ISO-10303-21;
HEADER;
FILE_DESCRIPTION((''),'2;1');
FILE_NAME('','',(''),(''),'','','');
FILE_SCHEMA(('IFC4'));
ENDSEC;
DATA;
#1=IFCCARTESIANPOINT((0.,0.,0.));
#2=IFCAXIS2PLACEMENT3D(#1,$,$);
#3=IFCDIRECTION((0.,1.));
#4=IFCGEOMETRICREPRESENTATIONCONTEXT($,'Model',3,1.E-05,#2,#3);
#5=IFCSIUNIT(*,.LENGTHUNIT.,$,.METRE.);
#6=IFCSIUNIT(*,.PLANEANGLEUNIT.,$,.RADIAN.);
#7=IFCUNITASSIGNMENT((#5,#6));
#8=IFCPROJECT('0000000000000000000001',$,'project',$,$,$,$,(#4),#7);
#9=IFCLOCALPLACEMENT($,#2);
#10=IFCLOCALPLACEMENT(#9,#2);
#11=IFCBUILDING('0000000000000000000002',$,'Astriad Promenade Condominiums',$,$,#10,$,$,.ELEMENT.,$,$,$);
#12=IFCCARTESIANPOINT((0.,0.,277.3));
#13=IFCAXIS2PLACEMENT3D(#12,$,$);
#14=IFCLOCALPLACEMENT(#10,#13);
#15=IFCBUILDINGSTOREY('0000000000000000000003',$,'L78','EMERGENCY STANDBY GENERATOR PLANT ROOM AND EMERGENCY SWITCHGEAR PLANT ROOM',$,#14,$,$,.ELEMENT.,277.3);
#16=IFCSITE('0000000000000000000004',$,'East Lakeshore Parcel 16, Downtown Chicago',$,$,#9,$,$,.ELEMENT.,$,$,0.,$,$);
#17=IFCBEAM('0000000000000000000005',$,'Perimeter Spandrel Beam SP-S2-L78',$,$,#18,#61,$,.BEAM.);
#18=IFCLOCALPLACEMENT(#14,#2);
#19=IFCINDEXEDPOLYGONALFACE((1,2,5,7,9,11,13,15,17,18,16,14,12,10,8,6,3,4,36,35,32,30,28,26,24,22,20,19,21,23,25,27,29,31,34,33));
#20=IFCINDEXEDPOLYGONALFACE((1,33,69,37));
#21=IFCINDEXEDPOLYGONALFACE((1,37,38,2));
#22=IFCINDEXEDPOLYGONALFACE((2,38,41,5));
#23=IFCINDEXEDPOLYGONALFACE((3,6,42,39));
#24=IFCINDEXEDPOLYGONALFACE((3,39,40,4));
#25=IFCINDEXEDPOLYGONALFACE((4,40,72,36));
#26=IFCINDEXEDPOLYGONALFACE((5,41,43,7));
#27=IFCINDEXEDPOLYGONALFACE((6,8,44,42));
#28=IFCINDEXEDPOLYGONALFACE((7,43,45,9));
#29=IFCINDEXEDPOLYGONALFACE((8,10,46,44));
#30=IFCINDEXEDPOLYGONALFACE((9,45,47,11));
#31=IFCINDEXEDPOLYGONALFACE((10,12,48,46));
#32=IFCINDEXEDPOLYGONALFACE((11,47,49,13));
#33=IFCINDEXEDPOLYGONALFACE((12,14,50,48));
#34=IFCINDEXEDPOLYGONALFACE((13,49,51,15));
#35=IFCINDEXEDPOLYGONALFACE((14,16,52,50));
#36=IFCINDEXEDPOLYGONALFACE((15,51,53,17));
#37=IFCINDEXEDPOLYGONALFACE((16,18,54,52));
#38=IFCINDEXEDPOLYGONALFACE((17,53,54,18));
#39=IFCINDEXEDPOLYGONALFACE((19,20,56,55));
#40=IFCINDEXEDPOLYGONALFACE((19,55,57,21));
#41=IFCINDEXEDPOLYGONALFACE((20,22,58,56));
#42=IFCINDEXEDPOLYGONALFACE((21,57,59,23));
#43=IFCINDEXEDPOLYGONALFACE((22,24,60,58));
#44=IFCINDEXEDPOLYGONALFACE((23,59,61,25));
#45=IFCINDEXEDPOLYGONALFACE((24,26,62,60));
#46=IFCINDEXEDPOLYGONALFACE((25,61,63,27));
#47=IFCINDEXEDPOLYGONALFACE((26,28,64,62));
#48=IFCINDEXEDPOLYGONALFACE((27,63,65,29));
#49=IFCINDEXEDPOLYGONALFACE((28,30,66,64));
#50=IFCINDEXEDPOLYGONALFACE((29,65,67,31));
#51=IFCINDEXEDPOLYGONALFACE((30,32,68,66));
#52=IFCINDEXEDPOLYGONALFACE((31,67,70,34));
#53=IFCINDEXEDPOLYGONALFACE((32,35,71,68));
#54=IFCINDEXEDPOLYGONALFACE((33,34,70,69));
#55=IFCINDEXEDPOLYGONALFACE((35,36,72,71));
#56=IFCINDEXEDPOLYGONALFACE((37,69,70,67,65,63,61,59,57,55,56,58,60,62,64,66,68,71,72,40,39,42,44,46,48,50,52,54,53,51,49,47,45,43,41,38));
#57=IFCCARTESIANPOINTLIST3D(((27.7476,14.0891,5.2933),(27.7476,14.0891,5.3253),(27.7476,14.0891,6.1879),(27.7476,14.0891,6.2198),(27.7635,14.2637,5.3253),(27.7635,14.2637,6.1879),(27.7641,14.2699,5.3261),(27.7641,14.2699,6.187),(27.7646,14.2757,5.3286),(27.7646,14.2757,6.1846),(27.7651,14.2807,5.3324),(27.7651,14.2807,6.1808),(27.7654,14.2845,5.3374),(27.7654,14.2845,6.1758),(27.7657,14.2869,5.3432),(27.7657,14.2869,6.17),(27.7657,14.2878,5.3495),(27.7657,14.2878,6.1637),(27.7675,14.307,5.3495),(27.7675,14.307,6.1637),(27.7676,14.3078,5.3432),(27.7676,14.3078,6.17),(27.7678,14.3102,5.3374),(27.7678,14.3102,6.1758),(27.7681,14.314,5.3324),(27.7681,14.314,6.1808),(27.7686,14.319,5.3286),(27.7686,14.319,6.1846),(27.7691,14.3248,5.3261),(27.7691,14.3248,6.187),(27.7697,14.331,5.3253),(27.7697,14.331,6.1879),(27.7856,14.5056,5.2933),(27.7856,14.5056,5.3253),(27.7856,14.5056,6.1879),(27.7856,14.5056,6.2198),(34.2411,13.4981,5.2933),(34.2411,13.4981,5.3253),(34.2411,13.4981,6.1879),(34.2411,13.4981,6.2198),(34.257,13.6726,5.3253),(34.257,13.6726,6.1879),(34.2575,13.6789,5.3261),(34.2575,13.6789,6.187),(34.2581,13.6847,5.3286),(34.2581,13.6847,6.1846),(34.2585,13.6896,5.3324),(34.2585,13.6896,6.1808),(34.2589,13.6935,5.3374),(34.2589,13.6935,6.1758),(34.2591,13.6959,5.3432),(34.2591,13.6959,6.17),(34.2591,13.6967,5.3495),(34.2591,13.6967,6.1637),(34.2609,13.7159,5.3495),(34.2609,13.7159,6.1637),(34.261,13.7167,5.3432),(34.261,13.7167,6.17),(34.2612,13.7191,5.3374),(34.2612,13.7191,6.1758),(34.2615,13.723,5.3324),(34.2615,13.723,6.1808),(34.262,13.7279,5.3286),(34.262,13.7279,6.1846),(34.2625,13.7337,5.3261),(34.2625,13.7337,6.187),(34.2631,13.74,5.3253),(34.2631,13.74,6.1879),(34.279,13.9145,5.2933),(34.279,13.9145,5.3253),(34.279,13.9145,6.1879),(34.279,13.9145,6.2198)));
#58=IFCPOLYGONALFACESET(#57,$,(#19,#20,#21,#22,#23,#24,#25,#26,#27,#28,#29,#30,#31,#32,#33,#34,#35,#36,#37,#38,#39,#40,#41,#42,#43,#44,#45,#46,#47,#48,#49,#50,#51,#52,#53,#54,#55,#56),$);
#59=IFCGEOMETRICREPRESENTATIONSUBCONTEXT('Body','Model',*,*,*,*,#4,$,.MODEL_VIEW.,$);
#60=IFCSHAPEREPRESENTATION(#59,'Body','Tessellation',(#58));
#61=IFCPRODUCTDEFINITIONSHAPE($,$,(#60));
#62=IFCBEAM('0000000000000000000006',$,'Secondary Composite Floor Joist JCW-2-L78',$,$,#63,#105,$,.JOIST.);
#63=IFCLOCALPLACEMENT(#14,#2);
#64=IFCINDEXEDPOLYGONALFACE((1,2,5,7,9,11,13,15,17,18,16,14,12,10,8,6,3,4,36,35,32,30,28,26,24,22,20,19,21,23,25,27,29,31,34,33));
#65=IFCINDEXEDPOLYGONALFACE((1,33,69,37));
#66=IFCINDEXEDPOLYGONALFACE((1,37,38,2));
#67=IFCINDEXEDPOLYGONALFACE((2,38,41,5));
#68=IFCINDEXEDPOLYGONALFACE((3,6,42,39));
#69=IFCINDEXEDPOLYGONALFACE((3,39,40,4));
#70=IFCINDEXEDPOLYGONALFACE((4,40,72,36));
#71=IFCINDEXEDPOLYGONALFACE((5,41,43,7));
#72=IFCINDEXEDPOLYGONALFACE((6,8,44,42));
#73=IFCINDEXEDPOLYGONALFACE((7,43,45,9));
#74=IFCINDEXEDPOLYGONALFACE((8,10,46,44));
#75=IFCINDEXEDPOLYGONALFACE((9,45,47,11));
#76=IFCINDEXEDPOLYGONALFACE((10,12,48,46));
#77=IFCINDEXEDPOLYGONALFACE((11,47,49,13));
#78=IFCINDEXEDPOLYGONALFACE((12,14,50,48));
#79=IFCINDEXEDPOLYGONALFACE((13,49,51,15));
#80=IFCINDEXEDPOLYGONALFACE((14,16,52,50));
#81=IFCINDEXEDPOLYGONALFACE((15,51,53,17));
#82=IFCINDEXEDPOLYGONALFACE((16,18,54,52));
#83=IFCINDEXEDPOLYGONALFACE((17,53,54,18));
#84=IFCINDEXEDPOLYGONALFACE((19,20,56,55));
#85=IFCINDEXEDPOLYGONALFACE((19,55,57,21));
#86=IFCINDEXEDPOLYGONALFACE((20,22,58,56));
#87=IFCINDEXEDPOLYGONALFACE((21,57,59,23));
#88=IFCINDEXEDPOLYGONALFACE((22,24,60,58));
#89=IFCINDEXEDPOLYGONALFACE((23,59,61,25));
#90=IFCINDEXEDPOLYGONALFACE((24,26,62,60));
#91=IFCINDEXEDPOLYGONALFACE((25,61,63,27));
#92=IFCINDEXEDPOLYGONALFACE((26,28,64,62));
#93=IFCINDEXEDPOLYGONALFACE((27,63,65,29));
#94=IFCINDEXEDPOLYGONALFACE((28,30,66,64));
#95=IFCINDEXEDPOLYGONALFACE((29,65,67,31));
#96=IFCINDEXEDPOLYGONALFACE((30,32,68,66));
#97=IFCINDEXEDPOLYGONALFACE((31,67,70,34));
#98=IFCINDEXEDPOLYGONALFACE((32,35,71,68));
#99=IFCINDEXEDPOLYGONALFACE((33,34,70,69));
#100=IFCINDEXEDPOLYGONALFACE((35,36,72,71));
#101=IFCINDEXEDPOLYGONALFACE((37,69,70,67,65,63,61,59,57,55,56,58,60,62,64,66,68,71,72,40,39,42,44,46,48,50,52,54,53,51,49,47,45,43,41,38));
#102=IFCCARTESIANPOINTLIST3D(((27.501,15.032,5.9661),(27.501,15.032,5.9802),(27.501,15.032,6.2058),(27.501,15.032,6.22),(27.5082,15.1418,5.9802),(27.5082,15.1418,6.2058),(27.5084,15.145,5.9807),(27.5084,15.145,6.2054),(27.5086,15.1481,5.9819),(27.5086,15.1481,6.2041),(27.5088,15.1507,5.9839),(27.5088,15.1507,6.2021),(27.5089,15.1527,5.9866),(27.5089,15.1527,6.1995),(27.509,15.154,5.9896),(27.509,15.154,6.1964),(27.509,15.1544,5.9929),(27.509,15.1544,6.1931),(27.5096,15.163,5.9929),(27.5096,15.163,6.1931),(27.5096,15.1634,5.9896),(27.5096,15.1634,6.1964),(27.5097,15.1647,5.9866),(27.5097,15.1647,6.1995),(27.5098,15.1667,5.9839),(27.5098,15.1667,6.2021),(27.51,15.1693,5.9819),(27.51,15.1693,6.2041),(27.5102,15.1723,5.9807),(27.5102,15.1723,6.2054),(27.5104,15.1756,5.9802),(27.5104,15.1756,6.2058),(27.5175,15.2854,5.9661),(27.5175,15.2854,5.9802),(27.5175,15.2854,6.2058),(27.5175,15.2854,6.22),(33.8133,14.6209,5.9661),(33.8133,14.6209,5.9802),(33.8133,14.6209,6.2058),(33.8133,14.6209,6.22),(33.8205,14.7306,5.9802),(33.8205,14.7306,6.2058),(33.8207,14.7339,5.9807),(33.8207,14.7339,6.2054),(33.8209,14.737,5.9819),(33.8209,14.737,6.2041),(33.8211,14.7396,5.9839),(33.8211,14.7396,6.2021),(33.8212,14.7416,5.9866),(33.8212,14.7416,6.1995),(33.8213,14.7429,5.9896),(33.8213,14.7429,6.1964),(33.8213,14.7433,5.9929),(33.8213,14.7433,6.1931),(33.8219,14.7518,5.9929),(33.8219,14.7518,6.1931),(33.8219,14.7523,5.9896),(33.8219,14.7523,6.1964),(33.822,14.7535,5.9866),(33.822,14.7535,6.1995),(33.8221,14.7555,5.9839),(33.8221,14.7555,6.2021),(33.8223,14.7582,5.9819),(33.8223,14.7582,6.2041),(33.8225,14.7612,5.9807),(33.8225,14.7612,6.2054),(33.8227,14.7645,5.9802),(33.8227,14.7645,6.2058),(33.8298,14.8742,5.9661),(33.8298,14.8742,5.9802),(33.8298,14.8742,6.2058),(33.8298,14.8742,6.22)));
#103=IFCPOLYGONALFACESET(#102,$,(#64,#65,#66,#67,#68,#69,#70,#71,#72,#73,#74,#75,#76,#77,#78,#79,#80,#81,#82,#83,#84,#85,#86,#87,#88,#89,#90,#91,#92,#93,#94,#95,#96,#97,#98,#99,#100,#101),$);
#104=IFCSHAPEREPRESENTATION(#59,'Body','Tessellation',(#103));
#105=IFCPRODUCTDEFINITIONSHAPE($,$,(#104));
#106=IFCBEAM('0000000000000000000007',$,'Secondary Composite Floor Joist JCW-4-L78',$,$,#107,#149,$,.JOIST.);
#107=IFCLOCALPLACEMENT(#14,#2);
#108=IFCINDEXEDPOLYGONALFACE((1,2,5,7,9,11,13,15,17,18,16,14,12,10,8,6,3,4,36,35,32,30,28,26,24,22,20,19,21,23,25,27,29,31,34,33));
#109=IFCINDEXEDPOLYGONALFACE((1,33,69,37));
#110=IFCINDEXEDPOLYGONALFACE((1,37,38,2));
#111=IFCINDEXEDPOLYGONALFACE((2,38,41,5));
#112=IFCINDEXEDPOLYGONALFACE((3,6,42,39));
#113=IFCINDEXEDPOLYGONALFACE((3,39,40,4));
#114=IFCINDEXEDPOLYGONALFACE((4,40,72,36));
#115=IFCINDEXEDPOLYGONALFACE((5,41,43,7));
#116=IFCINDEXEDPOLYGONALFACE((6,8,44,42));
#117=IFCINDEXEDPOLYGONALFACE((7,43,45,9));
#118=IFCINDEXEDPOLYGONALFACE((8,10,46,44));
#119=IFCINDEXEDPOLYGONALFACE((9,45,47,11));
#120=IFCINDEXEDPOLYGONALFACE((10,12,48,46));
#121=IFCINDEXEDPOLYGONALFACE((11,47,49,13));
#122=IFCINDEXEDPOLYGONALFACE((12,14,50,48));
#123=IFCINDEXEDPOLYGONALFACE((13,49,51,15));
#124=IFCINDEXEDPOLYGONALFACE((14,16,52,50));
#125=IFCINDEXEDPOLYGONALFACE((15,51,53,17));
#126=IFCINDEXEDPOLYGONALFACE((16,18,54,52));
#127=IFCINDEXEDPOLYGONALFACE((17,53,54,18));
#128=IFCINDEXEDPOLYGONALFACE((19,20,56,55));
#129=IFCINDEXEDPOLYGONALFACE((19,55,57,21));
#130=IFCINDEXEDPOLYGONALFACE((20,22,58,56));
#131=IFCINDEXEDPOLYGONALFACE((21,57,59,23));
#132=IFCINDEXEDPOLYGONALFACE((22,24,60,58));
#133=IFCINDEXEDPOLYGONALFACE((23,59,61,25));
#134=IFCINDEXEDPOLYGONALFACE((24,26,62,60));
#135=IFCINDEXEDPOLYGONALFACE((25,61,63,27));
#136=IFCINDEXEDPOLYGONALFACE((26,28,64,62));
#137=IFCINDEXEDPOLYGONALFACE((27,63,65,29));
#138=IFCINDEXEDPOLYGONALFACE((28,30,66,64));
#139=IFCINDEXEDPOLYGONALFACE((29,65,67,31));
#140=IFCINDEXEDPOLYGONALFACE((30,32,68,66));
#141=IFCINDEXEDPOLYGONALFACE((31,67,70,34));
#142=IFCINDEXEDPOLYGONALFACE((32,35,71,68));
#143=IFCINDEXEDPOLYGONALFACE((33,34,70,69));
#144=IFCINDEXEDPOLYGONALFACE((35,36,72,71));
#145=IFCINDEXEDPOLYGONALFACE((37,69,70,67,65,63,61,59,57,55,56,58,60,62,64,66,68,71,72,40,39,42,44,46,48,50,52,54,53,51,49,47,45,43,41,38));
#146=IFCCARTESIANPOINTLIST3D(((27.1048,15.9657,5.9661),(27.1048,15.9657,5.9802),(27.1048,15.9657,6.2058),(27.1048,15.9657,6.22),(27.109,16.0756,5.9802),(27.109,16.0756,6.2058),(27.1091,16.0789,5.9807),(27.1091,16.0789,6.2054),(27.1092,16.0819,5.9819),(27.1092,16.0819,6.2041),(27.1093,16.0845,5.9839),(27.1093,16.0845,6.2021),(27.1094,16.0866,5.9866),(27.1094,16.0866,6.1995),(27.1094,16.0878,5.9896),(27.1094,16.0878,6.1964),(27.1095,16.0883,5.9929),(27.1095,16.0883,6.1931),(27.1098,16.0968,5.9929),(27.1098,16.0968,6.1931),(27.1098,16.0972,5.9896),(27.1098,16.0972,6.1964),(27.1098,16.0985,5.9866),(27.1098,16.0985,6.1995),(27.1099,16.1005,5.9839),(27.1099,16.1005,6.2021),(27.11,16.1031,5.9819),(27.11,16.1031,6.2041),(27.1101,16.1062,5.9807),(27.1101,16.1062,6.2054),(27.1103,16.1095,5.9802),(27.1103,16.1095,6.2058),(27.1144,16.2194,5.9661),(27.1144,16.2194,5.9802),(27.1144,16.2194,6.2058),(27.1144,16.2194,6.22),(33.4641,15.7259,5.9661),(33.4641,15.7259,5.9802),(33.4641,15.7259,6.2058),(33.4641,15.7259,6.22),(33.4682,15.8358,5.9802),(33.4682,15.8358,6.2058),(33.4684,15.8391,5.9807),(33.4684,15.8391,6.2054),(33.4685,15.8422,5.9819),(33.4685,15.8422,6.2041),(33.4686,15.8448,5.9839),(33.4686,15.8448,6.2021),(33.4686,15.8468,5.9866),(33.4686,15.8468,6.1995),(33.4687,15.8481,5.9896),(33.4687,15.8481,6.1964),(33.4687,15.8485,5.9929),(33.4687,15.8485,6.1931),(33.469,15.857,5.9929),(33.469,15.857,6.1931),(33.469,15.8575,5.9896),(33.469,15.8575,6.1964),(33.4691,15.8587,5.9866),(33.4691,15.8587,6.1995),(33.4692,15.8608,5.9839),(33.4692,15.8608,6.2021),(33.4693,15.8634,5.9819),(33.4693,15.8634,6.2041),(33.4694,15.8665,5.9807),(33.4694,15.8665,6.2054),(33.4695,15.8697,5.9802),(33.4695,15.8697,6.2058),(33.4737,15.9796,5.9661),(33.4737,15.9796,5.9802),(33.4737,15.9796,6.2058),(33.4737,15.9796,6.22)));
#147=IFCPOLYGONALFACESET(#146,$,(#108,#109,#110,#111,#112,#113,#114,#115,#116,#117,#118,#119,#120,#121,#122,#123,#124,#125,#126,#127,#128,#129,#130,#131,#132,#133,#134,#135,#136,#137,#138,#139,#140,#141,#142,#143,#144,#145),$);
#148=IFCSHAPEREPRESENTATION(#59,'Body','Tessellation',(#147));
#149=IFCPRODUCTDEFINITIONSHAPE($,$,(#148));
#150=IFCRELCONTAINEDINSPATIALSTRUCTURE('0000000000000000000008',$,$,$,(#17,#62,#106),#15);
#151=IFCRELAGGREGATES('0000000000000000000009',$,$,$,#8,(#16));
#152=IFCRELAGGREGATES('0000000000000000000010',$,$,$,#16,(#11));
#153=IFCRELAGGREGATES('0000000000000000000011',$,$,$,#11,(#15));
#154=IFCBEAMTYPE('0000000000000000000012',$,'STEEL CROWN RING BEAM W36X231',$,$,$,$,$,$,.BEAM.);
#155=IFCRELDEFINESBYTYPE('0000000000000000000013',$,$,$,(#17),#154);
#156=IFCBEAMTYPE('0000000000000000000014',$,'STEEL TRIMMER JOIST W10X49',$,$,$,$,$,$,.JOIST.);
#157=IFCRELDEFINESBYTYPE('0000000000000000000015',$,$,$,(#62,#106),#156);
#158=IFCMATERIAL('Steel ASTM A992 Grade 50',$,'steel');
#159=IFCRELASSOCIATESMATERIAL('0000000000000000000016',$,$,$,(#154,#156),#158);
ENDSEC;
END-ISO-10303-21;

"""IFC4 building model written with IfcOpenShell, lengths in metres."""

from ifc_helpers import new_model, si_unit, direction, frame, origin, origin_2d, place, context, subcontext, project, spatial, i_section, extrude, source, transform, mapped, material, material_profile, profile_set, type_object, type_shapes, element, save


model = new_model("IFC4")

# Units and contexts
model_context = context("Model", 3, precision=1e-05, world=origin(), true_north=direction((0.0, 1.0)))
body_context = subcontext(model_context, "Body", "Model", "MODEL_VIEW")
ifc_project = project(units=[si_unit("LENGTHUNIT", "METRE"), si_unit("PLANEANGLEUNIT", "RADIAN")], contexts=[model_context])

# Site, building, storey
site_placement = place(None, origin())
site = spatial("IfcSite", under=ifc_project, at=site_placement, Name="East Lakeshore Parcel 16, Downtown Chicago", CompositionType="ELEMENT", RefElevation=0.0)
building_placement = place(site_placement, origin())
building = spatial("IfcBuilding", under=site, at=building_placement, Name="Astriad Promenade Condominiums", CompositionType="ELEMENT")
storey_placement = place(building_placement, frame((0.0, 0.0, 277.3)))
storey = spatial("IfcBuildingStorey", under=building, at=storey_placement, Name="L78", Description="EMERGENCY STANDBY GENERATOR PLANT ROOM AND EMERGENCY SWITCHGEAR PLANT ROOM", CompositionType="ELEMENT", Elevation=277.3)

# Shared definitions
ifc_material_1 = material(Name="Steel ASTM A992 Grade 50", Category="steel")

# Beams
ifc_material_profile_1 = material_profile(ifc_material_1, i_section(OverallWidth=0.4182, OverallDepth=0.9265, WebThickness=0.0193, FlangeThickness=0.032, FilletRadius=0.0242, at=origin_2d()), Name="W36X231")
ifc_profile_set_1 = profile_set([ifc_material_profile_1], Name="Steel ASTM A992 Grade 50")
beam_type_1 = type_object("IfcBeamType", Name="STEEL CROWN RING BEAM W36X231", PredefinedType="BEAM", material=ifc_profile_set_1)
shared_shape_1 = source(origin(), body_context, "Body", "SweptSolid", [
    extrude(i_section(OverallWidth=0.4182, OverallDepth=0.9265, WebThickness=0.0193, FlangeThickness=0.032, FilletRadius=0.0242, at=origin_2d()), origin(), (0.0, 0.0, 1.0), 6.5203),
])
type_shapes(beam_type_1, [shared_shape_1])
beam_1_placement = place(storey_placement, frame((27.7666, 14.2974, 5.7566), z_axis=(0.995883, -0.090651, 0.0), x_axis=(0.090651, 0.995883, 0.0)))
element("IfcBeam", 1, at=beam_1_placement, inside=storey, type_object=beam_type_1, Name="Perimeter Spandrel Beam SP-S2-L78", PredefinedType="BEAM", context=body_context, shape_type="MappedRepresentation", body=[
    mapped(shared_shape_1, transform((0.0, 0.0, 0.0), scale=1.0)),
])
ifc_material_profile_2 = material_profile(ifc_material_1, i_section(OverallWidth=0.2539, OverallDepth=0.2539, WebThickness=0.0085, FlangeThickness=0.0142, FilletRadius=0.0127, at=origin_2d()), Name="W10X49")
ifc_profile_set_2 = profile_set([ifc_material_profile_2], Name="Steel ASTM A992 Grade 50")
beam_type_2 = type_object("IfcBeamType", Name="STEEL TRIMMER JOIST W10X49", PredefinedType="JOIST", material=ifc_profile_set_2)
shared_shape_2 = source(origin(), body_context, "Body", "SweptSolid", [
    extrude(i_section(OverallWidth=0.2539, OverallDepth=0.2539, WebThickness=0.0085, FlangeThickness=0.0142, FilletRadius=0.0127, at=origin_2d()), origin(), (0.0, 0.0, 1.0), 6.3257),
])
beam_2_placement = place(storey_placement, frame((27.5093, 15.1587, 6.093), z_axis=(0.997886, -0.064995, 0.0), x_axis=(0.064995, 0.997886, 0.0)))
element("IfcBeam", 2, at=beam_2_placement, inside=storey, type_object=beam_type_2, Name="Secondary Composite Floor Joist JCW-2-L78", PredefinedType="JOIST", context=body_context, shape_type="MappedRepresentation", body=[
    mapped(shared_shape_2, transform((0.0, 0.0, 0.0), scale=1.0)),
])
shared_shape_3 = source(origin(), body_context, "Body", "SweptSolid", [
    extrude(i_section(OverallWidth=0.2539, OverallDepth=0.2539, WebThickness=0.0085, FlangeThickness=0.0142, FilletRadius=0.0127, at=origin_2d()), origin(), (0.0, 0.0, 1.0), 6.3638),
])
type_shapes(beam_type_2, [shared_shape_2, shared_shape_3])
beam_3_placement = place(storey_placement, frame((27.1096, 16.0925, 6.093), z_axis=(0.99929, -0.037674, 0.0), x_axis=(0.037674, 0.99929, 0.0)))
element("IfcBeam", 3, at=beam_3_placement, inside=storey, type_object=beam_type_2, Name="Secondary Composite Floor Joist JCW-4-L78", PredefinedType="JOIST", context=body_context, shape_type="MappedRepresentation", body=[
    mapped(shared_shape_3, transform((0.0, 0.0, 0.0), scale=1.0)),
])

save(model, "model.ifc")
